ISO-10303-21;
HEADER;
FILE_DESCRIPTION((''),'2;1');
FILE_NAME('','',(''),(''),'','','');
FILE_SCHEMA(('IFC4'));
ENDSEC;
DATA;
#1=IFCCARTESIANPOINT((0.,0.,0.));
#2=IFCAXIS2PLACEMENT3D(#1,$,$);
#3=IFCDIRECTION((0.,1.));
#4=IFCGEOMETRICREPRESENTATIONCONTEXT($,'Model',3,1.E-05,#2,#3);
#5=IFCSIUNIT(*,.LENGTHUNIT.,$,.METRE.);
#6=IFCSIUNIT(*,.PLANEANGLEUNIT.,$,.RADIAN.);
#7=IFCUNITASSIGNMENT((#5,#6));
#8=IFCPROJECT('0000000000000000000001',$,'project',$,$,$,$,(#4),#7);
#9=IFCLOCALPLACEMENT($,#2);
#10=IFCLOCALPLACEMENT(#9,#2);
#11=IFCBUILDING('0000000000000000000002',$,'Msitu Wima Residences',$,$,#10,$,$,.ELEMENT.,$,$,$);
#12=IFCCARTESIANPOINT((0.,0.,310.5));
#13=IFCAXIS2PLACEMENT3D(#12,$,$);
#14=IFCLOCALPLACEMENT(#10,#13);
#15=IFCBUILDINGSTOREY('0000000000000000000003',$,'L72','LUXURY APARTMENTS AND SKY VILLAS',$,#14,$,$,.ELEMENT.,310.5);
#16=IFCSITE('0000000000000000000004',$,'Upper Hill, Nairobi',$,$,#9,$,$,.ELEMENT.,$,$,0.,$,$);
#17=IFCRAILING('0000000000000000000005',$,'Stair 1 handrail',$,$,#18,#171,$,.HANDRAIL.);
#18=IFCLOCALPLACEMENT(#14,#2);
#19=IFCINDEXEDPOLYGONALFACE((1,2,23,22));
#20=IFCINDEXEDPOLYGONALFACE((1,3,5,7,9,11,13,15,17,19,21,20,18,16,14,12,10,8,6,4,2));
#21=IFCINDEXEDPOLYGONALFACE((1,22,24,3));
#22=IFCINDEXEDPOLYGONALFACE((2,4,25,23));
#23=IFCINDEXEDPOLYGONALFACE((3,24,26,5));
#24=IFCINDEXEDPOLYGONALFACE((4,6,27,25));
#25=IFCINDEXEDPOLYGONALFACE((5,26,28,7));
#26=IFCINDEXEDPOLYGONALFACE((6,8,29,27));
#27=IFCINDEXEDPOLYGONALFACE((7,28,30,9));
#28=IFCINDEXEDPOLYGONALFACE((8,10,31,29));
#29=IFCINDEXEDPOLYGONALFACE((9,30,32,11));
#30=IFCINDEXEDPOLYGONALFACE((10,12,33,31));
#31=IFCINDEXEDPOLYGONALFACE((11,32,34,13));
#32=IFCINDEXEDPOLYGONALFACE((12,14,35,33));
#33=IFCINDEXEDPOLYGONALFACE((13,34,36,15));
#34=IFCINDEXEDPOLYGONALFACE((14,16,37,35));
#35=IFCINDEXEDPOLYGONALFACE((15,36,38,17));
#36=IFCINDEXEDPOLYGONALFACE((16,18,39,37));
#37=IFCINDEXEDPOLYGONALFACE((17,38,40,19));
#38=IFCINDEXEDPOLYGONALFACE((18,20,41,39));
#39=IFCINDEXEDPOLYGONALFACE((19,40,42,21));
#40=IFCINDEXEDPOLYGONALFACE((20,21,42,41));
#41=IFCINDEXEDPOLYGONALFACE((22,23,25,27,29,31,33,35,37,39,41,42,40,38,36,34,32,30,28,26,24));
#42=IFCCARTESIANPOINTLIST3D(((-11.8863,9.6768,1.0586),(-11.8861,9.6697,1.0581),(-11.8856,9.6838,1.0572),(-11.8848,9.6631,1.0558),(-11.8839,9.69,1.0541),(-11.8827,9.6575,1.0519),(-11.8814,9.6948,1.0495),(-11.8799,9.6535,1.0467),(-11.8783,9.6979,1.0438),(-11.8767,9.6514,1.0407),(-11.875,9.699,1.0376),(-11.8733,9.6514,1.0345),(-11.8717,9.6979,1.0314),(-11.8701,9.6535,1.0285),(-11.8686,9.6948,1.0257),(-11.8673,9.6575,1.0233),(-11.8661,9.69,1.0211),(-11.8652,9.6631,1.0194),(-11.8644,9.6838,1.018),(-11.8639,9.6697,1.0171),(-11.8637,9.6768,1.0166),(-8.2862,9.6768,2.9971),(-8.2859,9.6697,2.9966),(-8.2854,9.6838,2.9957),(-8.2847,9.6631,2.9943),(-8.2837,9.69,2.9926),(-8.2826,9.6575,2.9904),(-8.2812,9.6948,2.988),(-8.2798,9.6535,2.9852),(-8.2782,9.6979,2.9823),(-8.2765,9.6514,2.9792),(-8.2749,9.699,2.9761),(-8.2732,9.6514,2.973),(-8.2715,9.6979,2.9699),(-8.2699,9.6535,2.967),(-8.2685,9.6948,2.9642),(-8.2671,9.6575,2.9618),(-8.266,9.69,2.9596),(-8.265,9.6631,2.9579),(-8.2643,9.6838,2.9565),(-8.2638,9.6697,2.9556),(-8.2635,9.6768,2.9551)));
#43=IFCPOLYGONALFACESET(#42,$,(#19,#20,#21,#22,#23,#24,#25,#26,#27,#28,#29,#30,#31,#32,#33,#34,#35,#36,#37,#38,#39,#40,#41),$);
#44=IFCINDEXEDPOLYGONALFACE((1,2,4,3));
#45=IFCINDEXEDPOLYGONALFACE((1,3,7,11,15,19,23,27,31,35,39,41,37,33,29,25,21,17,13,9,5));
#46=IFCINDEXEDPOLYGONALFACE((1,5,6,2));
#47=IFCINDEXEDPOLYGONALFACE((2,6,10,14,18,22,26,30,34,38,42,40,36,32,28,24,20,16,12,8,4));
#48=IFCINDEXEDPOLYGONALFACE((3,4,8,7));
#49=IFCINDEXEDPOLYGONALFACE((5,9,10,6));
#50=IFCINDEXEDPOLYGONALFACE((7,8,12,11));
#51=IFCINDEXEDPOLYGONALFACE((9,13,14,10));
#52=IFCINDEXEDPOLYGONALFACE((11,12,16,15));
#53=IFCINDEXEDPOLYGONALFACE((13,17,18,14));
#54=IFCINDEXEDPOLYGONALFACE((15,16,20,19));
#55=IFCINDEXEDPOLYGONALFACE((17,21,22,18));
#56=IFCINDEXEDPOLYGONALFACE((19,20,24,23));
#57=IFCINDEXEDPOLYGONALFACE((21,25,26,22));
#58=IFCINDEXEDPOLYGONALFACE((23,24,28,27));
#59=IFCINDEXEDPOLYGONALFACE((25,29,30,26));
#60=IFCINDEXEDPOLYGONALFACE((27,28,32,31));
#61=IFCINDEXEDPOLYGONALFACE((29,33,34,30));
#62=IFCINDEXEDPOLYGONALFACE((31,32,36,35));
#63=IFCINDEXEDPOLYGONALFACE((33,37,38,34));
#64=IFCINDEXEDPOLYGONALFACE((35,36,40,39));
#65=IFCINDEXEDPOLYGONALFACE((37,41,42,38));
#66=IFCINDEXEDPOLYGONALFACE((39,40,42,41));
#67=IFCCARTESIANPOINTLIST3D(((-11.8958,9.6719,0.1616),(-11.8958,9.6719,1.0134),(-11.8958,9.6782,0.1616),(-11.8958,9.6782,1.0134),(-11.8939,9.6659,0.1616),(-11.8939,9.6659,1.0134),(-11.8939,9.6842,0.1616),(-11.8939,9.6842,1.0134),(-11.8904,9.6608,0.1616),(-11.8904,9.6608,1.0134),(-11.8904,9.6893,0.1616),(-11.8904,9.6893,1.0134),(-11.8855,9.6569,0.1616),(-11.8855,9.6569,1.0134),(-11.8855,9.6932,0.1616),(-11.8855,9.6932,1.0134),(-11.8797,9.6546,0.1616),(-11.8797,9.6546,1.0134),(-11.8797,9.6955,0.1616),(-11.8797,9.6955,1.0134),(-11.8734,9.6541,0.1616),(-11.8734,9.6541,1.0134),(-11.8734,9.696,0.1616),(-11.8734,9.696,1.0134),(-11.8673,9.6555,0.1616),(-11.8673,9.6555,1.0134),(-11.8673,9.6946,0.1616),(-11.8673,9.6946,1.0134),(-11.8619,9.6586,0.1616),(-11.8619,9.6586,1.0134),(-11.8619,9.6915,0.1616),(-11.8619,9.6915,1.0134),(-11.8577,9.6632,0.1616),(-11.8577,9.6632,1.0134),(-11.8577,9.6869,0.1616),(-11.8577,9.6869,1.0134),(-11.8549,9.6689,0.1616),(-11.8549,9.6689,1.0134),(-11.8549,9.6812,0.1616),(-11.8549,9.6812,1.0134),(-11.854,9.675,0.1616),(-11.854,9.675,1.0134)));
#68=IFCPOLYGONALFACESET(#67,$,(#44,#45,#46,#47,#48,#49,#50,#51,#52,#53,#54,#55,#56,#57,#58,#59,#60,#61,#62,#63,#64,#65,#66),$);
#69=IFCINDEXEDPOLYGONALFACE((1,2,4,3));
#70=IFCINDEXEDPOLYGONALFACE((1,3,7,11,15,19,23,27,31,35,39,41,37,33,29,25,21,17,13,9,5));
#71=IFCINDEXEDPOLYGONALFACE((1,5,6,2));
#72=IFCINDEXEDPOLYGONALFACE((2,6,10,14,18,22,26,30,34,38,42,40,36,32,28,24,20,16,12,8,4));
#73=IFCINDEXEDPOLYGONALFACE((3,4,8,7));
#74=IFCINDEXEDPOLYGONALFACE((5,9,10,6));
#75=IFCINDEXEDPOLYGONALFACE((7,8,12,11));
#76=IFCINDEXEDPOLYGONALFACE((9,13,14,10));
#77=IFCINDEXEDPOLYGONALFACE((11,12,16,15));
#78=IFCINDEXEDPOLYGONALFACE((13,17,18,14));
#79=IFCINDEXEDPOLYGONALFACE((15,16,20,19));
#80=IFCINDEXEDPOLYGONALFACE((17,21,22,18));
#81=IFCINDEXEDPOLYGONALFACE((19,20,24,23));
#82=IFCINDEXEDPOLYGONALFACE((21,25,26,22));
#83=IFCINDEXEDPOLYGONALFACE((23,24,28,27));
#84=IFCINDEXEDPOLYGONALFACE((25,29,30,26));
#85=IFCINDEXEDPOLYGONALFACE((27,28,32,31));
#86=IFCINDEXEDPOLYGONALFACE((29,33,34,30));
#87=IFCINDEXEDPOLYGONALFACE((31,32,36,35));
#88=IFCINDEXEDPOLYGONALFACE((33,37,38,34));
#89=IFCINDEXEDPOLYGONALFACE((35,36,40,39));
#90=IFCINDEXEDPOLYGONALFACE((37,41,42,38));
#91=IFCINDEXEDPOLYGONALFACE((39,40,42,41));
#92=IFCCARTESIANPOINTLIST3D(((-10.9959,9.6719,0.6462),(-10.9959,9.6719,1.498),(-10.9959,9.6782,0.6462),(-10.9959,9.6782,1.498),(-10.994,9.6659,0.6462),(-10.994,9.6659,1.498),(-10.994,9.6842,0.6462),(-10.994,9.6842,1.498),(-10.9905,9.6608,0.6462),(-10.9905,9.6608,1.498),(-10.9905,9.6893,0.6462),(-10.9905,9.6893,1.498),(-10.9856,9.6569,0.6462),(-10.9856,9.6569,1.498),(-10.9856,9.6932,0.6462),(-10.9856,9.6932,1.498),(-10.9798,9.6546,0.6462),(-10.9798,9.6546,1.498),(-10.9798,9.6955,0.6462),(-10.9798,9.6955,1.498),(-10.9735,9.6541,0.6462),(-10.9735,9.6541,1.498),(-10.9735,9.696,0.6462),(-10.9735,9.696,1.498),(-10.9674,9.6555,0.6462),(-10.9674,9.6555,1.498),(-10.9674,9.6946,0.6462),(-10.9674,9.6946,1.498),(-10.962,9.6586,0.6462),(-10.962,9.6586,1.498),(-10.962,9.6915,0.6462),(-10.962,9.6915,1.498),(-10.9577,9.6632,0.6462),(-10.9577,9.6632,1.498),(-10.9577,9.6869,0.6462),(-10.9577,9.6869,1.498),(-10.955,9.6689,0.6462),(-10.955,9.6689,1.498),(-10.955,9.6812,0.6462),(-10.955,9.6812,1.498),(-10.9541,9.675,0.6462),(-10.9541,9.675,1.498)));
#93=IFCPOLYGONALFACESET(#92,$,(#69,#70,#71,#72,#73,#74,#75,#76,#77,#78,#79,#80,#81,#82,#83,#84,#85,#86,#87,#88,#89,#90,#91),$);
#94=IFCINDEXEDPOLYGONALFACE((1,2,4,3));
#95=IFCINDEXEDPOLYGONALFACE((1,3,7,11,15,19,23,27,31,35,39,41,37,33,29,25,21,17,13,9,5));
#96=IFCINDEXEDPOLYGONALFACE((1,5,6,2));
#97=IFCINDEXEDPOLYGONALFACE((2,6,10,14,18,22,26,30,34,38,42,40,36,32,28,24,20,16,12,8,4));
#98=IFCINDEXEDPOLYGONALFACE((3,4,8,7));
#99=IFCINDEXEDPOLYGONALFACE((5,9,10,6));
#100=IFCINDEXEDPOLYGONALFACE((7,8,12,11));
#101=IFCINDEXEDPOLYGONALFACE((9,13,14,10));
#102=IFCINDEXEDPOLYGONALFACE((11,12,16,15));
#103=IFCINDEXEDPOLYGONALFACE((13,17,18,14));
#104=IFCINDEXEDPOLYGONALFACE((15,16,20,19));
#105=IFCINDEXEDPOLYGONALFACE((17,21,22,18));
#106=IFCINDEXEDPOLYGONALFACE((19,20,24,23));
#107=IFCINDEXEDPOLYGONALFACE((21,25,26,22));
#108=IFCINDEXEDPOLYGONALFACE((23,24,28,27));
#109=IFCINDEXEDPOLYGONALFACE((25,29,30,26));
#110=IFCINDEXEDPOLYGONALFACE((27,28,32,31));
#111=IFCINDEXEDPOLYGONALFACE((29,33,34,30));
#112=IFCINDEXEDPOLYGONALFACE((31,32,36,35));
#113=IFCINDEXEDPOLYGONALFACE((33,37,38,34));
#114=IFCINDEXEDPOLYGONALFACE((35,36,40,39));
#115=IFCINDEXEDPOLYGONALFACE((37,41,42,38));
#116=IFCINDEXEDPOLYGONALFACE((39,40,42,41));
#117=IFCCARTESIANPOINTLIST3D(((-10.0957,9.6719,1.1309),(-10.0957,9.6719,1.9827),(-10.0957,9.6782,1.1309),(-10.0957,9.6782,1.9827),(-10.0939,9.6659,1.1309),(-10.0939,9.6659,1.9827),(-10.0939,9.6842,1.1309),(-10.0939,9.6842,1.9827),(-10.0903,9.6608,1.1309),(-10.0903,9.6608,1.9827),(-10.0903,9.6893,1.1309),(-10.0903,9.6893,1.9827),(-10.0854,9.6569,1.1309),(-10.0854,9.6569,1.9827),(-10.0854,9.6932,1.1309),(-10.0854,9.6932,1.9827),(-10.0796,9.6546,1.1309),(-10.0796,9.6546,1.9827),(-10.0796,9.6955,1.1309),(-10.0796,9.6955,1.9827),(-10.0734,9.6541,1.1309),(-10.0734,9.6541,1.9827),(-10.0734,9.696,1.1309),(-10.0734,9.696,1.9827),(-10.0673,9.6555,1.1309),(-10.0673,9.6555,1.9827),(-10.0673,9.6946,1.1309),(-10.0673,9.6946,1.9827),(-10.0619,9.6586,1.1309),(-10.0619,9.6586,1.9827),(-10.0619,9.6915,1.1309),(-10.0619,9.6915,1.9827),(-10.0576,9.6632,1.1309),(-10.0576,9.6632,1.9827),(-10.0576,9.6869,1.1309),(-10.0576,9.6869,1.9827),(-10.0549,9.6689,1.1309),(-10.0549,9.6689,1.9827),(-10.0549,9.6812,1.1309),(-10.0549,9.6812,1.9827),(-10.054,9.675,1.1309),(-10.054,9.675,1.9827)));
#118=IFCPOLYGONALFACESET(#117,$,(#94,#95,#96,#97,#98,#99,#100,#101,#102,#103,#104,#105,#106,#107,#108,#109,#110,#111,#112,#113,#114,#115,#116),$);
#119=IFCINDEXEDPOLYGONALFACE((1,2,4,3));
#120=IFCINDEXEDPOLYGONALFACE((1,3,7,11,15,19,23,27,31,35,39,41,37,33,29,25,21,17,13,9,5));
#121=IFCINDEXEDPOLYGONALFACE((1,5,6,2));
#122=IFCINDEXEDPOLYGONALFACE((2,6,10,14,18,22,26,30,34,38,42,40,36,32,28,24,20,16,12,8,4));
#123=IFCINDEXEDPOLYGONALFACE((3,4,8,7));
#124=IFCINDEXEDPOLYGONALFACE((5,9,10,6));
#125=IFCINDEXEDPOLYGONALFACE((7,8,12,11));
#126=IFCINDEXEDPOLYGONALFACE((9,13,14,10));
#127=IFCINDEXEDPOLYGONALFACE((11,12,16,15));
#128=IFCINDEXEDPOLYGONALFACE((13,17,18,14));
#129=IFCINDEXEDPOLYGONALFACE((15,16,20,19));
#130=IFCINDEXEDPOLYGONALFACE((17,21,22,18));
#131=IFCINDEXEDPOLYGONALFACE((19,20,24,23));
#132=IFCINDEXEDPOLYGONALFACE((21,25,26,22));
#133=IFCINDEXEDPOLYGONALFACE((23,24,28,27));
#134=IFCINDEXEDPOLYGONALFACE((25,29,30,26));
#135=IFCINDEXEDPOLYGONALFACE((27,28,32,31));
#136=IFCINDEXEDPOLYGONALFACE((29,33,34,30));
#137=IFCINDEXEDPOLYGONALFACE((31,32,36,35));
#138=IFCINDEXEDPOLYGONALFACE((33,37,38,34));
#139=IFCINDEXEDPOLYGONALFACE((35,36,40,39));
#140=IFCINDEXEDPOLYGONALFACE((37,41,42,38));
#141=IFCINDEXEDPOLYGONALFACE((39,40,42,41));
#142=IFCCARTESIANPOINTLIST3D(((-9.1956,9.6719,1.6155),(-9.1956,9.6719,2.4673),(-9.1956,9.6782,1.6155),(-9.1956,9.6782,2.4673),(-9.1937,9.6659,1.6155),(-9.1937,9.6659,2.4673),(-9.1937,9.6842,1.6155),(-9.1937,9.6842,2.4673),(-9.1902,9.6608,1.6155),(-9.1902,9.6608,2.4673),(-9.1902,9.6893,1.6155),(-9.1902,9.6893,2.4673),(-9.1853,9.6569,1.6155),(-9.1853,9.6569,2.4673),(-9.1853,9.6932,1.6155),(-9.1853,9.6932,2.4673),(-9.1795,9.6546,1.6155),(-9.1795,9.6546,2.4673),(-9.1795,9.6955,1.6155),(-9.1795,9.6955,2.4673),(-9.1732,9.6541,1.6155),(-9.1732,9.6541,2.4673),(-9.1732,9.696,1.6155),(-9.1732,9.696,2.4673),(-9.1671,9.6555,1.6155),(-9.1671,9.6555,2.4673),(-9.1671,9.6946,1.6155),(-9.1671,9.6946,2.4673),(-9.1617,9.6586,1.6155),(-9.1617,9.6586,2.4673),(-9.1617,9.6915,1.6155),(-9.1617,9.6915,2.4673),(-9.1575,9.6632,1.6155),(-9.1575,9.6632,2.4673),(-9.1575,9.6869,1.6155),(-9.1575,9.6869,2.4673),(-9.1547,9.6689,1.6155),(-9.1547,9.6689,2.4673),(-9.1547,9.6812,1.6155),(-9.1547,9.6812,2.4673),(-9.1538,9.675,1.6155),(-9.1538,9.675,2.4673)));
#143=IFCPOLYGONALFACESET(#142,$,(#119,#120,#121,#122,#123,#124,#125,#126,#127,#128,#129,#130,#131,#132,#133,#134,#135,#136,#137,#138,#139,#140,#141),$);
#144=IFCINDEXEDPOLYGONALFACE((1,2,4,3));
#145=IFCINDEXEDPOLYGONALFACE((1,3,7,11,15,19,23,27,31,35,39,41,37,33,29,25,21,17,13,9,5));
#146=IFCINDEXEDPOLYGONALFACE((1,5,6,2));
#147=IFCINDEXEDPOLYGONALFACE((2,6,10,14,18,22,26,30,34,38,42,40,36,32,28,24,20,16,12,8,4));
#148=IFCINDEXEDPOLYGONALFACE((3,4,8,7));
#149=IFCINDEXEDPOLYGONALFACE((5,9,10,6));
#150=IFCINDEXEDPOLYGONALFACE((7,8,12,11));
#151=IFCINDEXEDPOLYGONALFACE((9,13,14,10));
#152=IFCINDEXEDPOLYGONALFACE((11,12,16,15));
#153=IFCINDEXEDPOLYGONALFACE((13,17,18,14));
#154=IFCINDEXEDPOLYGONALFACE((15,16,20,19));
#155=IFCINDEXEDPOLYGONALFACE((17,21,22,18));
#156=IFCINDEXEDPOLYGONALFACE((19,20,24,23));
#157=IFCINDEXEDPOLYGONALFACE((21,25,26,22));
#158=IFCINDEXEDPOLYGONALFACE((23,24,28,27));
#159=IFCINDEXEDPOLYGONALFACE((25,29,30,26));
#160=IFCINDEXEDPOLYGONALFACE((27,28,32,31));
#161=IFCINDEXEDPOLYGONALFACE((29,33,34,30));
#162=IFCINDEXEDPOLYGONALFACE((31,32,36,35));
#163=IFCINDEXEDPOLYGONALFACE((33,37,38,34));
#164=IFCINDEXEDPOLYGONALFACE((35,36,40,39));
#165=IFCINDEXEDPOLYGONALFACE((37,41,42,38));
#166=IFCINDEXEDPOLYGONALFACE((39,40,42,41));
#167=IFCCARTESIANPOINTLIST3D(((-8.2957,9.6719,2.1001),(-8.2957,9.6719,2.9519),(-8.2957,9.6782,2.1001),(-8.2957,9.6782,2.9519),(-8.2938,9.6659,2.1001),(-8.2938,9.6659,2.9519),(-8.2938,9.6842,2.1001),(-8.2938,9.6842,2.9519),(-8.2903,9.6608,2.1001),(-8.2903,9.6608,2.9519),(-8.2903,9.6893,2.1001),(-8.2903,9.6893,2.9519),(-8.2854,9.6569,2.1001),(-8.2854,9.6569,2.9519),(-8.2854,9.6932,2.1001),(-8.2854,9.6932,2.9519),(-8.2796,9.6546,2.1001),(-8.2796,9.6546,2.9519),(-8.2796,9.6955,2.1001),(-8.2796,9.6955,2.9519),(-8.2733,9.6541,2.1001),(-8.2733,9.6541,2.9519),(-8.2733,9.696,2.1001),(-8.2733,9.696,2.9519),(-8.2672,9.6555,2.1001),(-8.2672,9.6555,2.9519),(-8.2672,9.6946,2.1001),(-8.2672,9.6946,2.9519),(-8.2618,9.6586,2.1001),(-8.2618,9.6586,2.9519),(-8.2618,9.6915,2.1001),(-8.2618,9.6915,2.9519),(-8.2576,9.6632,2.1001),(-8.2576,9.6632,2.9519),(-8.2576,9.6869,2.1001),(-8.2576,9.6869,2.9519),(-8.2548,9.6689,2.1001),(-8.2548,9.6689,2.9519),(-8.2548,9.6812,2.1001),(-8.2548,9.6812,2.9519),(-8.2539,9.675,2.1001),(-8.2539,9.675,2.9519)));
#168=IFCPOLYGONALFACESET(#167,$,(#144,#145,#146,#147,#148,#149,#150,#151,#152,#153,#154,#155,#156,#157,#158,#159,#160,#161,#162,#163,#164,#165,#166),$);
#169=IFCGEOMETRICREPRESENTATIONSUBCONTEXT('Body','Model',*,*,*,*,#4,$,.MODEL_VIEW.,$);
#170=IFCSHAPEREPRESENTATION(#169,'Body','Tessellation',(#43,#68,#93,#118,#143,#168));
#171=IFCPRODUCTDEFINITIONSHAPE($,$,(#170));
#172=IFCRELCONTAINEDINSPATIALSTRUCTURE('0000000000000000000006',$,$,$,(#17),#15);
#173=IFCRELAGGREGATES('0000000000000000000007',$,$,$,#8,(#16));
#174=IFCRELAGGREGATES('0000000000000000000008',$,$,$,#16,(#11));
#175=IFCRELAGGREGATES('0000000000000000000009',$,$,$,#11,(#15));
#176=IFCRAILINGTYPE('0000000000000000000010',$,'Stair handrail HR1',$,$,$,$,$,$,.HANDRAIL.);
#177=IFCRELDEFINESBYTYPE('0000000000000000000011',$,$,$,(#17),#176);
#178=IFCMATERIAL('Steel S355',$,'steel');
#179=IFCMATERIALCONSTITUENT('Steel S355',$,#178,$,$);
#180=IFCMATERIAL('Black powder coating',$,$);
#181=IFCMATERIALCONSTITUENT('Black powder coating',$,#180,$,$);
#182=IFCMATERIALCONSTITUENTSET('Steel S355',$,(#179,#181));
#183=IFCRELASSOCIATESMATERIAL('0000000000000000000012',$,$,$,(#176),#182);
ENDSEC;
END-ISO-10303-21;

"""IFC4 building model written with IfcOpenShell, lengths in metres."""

from ifc_helpers import new_model, si_unit, direction, frame, origin, origin_2d, place, context, subcontext, project, spatial, circle, extrude, material, constituent, constituent_set, type_object, element, save


model = new_model("IFC4")

# Units and contexts
model_context = context("Model", 3, precision=1e-05, world=origin(), true_north=direction((0.0, 1.0)))
body_context = subcontext(model_context, "Body", "Model", "MODEL_VIEW")
ifc_project = project(units=[si_unit("LENGTHUNIT", "METRE"), si_unit("PLANEANGLEUNIT", "RADIAN")], contexts=[model_context])

# Site, building, storey
site_placement = place(None, origin())
site = spatial("IfcSite", under=ifc_project, at=site_placement, Name="Upper Hill, Nairobi", CompositionType="ELEMENT", RefElevation=0.0)
building_placement = place(site_placement, origin())
building = spatial("IfcBuilding", under=site, at=building_placement, Name="Msitu Wima Residences", CompositionType="ELEMENT")
storey_placement = place(building_placement, frame((0.0, 0.0, 310.5)))
storey = spatial("IfcBuildingStorey", under=building, at=storey_placement, Name="L72", Description="LUXURY APARTMENTS AND SKY VILLAS", CompositionType="ELEMENT", Elevation=310.5)

# Railing
ifc_material_1 = material(Name="Steel S355", Category="steel")
ifc_constituent_1 = constituent(ifc_material_1, Name="Steel S355")
ifc_material_2 = material(Name="Black powder coating")
ifc_constituent_2 = constituent(ifc_material_2, Name="Black powder coating")
ifc_constituent_set = constituent_set(constituents=[ifc_constituent_1, ifc_constituent_2], Name="Steel S355")
railing_type = type_object("IfcRailingType", Name="Stair handrail HR1", PredefinedType="HANDRAIL", material=ifc_constituent_set)
for number, where, name in (
    (1, (-11.875, 9.675, 0.1616), "Stair 1 handrail"),
):
    element("IfcRailing", number, at=place(storey_placement, frame(where)), inside=storey, type_object=railing_type, Name=name, PredefinedType="HANDRAIL", context=body_context, shape_type="SweptSolid", body=[
        extrude(circle(Radius=0.0239, at=origin_2d()), frame((0.0, 0.0, 0.876), z_axis=(0.880475, 0.0, 0.474093), x_axis=(0.0, 1.0, 0.0)), (0.0, 0.0, 1.0), 4.0889),
        extrude(circle(Radius=0.021, at=origin_2d()), origin(), (0.0, 0.0, 1.0), 0.8518),
        extrude(circle(Radius=0.021, at=origin_2d()), frame((0.8999, 0.0, 0.4846)), (0.0, 0.0, 1.0), 0.8518),
        extrude(circle(Radius=0.021, at=origin_2d()), frame((1.8, 0.0, 0.9692)), (0.0, 0.0, 1.0), 0.8518),
        extrude(circle(Radius=0.021, at=origin_2d()), frame((2.7002, 0.0, 1.4539)), (0.0, 0.0, 1.0), 0.8518),
        extrude(circle(Radius=0.021, at=origin_2d()), frame((3.6001, 0.0, 1.9385)), (0.0, 0.0, 1.0), 0.8518),
    ])

save(model, "model.ifc")
